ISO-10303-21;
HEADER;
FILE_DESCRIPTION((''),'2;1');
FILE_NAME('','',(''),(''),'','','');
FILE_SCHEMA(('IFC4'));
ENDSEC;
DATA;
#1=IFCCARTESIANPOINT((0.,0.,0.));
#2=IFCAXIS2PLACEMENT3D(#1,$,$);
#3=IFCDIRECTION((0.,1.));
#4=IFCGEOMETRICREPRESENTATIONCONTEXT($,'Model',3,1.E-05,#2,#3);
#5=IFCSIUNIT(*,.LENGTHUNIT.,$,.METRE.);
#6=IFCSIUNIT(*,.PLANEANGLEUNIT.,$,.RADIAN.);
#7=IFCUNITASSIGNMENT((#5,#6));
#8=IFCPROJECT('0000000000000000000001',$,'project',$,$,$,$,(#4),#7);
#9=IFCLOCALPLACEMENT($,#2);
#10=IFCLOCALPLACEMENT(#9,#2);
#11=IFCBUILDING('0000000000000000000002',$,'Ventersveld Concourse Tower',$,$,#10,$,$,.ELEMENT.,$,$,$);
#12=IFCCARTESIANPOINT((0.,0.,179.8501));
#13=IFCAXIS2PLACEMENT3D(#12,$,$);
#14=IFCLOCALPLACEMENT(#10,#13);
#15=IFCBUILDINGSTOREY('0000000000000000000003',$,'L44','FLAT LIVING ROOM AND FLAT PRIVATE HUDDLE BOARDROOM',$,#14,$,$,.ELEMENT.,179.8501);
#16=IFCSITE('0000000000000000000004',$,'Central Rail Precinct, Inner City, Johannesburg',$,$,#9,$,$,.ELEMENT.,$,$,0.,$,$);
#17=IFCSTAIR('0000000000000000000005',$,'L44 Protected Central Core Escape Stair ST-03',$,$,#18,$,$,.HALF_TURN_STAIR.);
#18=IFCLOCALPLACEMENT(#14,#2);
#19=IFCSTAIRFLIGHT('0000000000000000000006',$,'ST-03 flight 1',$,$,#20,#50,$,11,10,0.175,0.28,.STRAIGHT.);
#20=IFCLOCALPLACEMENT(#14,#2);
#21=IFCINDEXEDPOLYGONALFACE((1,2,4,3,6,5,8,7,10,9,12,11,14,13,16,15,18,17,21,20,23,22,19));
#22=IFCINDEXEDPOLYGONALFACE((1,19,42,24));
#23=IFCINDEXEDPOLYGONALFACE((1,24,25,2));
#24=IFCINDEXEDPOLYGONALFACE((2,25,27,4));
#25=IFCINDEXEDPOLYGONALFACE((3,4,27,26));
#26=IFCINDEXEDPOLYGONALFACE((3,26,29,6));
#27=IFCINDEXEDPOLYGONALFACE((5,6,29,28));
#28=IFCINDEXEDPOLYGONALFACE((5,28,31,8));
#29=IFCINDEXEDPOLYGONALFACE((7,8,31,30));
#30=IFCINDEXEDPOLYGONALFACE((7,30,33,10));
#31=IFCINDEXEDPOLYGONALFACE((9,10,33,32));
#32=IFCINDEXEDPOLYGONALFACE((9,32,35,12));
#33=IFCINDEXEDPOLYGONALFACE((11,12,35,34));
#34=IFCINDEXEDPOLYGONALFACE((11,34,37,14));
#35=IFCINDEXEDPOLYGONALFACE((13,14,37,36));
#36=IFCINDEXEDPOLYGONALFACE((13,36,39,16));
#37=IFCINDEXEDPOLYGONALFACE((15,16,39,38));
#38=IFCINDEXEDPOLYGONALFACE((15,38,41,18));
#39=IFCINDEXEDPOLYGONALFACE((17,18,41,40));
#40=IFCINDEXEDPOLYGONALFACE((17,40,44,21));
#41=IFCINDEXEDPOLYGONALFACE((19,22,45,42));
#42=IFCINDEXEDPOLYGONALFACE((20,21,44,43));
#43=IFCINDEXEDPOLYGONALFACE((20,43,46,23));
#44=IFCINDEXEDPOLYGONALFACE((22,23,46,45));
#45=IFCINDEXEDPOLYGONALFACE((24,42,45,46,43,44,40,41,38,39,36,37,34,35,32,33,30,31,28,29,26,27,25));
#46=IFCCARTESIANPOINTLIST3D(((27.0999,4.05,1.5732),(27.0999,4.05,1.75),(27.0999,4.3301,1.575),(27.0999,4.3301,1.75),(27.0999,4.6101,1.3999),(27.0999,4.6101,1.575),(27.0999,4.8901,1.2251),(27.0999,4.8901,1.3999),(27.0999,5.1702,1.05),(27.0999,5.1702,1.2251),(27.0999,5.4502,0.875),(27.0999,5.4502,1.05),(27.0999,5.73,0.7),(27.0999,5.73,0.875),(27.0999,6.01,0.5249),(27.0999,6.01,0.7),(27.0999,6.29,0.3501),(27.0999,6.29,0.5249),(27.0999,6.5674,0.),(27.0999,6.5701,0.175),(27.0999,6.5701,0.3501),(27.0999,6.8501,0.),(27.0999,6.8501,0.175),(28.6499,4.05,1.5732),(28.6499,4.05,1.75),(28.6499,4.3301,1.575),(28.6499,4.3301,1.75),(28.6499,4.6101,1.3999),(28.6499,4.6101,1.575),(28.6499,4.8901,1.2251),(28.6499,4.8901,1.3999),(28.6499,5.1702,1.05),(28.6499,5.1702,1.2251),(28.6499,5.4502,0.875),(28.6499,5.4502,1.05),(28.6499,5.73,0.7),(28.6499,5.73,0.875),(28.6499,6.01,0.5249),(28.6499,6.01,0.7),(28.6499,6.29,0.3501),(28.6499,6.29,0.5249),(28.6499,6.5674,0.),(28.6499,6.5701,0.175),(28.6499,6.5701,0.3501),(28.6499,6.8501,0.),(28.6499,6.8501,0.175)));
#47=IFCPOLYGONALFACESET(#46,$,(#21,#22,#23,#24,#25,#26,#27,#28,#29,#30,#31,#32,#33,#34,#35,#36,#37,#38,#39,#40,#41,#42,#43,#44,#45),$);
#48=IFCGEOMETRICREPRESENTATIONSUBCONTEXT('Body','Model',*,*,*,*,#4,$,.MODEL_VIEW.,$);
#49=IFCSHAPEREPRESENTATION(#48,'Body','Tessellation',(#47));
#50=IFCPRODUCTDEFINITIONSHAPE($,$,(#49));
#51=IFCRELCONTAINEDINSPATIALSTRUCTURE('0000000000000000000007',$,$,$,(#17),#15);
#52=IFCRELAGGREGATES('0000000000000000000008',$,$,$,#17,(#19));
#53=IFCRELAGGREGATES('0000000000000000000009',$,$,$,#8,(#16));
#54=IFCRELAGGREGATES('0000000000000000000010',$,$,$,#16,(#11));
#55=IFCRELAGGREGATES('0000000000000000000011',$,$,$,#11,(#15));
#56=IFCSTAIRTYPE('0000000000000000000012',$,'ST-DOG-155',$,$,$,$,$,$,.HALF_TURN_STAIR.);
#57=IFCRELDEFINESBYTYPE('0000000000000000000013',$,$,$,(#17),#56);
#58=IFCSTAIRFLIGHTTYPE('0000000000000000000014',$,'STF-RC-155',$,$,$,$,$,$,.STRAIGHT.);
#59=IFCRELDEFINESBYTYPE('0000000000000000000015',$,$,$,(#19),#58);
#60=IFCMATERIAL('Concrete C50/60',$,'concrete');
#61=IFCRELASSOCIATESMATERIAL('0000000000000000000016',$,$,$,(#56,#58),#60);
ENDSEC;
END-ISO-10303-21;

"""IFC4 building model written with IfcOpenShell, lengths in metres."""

from ifc_helpers import new_model, si_unit, direction, frame, origin, place, context, subcontext, project, spatial, polyline, outline, extrude, material, type_object, element, aggregate, save


model = new_model("IFC4")

# Units and contexts
model_context = context("Model", 3, precision=1e-05, world=origin(), true_north=direction((0.0, 1.0)))
body_context = subcontext(model_context, "Body", "Model", "MODEL_VIEW")
ifc_project = project(units=[si_unit("LENGTHUNIT", "METRE"), si_unit("PLANEANGLEUNIT", "RADIAN")], contexts=[model_context])

# Site, building, storey
site_placement = place(None, origin())
site = spatial("IfcSite", under=ifc_project, at=site_placement, Name="Central Rail Precinct, Inner City, Johannesburg", CompositionType="ELEMENT", RefElevation=0.0)
building_placement = place(site_placement, origin())
building = spatial("IfcBuilding", under=site, at=building_placement, Name="Ventersveld Concourse Tower", CompositionType="ELEMENT")
storey_placement = place(building_placement, frame((0.0, 0.0, 179.8501)))
storey = spatial("IfcBuildingStorey", under=building, at=storey_placement, Name="L44", Description="FLAT LIVING ROOM AND FLAT PRIVATE HUDDLE BOARDROOM", CompositionType="ELEMENT", Elevation=179.8501)

# Shared definitions
ifc_material_1 = material(Name="Concrete C50/60", Category="concrete")

# Stair, stair flight
stair_type = type_object("IfcStairType", Name="ST-DOG-155", PredefinedType="HALF_TURN_STAIR", material=ifc_material_1)
stair_placement = place(storey_placement, origin())
stair = element("IfcStair", 1, at=stair_placement, inside=storey, type_object=stair_type, Name="L44 Protected Central Core Escape Stair ST-03", PredefinedType="HALF_TURN_STAIR")
stair_flight_type = type_object("IfcStairFlightType", Name="STF-RC-155", PredefinedType="STRAIGHT", material=ifc_material_1)
stair_flight_placement = place(storey_placement, frame((27.875, 6.8501, 0.0), z_axis=(0.0, 0.0, 1.0), x_axis=(0.0, -1.0, 0.0)))
stair_flight = element("IfcStairFlight", 2, at=stair_flight_placement, type_object=stair_flight_type, Name="ST-03 flight 1", NumberOfRisers=11, NumberOfTreads=10, PredefinedType="STRAIGHT", RiserHeight=0.175, TreadLength=0.28, context=body_context, shape_type="SweptSolid", body=[
    extrude(outline(polyline([(0.0, 0.0), (0.0, 0.175), (0.28, 0.175), (0.28, 0.3501), (0.5601, 0.3501), (0.5601, 0.5249), (0.8401, 0.5249), (0.8401, 0.7), (1.1201, 0.7), (1.1201, 0.875), (1.3999, 0.875), (1.3999, 1.05), (1.6799, 1.05), (1.6799, 1.2251), (1.96, 1.2251), (1.96, 1.3999), (2.24, 1.3999), (2.24, 1.575), (2.52, 1.575), (2.52, 1.75), (2.8, 1.75), (2.8, 1.925), (2.8, 1.5732), (0.2827, 0.0), (0.0, 0.0)])), frame((0.0, 0.7749, 0.0), z_axis=(0.0, -1.0, 0.0), x_axis=(1.0, 0.0, 0.0)), (0.0, 0.0, 1.0), 1.55),
])
aggregate(stair, [stair_flight])

save(model, "model.ifc")
